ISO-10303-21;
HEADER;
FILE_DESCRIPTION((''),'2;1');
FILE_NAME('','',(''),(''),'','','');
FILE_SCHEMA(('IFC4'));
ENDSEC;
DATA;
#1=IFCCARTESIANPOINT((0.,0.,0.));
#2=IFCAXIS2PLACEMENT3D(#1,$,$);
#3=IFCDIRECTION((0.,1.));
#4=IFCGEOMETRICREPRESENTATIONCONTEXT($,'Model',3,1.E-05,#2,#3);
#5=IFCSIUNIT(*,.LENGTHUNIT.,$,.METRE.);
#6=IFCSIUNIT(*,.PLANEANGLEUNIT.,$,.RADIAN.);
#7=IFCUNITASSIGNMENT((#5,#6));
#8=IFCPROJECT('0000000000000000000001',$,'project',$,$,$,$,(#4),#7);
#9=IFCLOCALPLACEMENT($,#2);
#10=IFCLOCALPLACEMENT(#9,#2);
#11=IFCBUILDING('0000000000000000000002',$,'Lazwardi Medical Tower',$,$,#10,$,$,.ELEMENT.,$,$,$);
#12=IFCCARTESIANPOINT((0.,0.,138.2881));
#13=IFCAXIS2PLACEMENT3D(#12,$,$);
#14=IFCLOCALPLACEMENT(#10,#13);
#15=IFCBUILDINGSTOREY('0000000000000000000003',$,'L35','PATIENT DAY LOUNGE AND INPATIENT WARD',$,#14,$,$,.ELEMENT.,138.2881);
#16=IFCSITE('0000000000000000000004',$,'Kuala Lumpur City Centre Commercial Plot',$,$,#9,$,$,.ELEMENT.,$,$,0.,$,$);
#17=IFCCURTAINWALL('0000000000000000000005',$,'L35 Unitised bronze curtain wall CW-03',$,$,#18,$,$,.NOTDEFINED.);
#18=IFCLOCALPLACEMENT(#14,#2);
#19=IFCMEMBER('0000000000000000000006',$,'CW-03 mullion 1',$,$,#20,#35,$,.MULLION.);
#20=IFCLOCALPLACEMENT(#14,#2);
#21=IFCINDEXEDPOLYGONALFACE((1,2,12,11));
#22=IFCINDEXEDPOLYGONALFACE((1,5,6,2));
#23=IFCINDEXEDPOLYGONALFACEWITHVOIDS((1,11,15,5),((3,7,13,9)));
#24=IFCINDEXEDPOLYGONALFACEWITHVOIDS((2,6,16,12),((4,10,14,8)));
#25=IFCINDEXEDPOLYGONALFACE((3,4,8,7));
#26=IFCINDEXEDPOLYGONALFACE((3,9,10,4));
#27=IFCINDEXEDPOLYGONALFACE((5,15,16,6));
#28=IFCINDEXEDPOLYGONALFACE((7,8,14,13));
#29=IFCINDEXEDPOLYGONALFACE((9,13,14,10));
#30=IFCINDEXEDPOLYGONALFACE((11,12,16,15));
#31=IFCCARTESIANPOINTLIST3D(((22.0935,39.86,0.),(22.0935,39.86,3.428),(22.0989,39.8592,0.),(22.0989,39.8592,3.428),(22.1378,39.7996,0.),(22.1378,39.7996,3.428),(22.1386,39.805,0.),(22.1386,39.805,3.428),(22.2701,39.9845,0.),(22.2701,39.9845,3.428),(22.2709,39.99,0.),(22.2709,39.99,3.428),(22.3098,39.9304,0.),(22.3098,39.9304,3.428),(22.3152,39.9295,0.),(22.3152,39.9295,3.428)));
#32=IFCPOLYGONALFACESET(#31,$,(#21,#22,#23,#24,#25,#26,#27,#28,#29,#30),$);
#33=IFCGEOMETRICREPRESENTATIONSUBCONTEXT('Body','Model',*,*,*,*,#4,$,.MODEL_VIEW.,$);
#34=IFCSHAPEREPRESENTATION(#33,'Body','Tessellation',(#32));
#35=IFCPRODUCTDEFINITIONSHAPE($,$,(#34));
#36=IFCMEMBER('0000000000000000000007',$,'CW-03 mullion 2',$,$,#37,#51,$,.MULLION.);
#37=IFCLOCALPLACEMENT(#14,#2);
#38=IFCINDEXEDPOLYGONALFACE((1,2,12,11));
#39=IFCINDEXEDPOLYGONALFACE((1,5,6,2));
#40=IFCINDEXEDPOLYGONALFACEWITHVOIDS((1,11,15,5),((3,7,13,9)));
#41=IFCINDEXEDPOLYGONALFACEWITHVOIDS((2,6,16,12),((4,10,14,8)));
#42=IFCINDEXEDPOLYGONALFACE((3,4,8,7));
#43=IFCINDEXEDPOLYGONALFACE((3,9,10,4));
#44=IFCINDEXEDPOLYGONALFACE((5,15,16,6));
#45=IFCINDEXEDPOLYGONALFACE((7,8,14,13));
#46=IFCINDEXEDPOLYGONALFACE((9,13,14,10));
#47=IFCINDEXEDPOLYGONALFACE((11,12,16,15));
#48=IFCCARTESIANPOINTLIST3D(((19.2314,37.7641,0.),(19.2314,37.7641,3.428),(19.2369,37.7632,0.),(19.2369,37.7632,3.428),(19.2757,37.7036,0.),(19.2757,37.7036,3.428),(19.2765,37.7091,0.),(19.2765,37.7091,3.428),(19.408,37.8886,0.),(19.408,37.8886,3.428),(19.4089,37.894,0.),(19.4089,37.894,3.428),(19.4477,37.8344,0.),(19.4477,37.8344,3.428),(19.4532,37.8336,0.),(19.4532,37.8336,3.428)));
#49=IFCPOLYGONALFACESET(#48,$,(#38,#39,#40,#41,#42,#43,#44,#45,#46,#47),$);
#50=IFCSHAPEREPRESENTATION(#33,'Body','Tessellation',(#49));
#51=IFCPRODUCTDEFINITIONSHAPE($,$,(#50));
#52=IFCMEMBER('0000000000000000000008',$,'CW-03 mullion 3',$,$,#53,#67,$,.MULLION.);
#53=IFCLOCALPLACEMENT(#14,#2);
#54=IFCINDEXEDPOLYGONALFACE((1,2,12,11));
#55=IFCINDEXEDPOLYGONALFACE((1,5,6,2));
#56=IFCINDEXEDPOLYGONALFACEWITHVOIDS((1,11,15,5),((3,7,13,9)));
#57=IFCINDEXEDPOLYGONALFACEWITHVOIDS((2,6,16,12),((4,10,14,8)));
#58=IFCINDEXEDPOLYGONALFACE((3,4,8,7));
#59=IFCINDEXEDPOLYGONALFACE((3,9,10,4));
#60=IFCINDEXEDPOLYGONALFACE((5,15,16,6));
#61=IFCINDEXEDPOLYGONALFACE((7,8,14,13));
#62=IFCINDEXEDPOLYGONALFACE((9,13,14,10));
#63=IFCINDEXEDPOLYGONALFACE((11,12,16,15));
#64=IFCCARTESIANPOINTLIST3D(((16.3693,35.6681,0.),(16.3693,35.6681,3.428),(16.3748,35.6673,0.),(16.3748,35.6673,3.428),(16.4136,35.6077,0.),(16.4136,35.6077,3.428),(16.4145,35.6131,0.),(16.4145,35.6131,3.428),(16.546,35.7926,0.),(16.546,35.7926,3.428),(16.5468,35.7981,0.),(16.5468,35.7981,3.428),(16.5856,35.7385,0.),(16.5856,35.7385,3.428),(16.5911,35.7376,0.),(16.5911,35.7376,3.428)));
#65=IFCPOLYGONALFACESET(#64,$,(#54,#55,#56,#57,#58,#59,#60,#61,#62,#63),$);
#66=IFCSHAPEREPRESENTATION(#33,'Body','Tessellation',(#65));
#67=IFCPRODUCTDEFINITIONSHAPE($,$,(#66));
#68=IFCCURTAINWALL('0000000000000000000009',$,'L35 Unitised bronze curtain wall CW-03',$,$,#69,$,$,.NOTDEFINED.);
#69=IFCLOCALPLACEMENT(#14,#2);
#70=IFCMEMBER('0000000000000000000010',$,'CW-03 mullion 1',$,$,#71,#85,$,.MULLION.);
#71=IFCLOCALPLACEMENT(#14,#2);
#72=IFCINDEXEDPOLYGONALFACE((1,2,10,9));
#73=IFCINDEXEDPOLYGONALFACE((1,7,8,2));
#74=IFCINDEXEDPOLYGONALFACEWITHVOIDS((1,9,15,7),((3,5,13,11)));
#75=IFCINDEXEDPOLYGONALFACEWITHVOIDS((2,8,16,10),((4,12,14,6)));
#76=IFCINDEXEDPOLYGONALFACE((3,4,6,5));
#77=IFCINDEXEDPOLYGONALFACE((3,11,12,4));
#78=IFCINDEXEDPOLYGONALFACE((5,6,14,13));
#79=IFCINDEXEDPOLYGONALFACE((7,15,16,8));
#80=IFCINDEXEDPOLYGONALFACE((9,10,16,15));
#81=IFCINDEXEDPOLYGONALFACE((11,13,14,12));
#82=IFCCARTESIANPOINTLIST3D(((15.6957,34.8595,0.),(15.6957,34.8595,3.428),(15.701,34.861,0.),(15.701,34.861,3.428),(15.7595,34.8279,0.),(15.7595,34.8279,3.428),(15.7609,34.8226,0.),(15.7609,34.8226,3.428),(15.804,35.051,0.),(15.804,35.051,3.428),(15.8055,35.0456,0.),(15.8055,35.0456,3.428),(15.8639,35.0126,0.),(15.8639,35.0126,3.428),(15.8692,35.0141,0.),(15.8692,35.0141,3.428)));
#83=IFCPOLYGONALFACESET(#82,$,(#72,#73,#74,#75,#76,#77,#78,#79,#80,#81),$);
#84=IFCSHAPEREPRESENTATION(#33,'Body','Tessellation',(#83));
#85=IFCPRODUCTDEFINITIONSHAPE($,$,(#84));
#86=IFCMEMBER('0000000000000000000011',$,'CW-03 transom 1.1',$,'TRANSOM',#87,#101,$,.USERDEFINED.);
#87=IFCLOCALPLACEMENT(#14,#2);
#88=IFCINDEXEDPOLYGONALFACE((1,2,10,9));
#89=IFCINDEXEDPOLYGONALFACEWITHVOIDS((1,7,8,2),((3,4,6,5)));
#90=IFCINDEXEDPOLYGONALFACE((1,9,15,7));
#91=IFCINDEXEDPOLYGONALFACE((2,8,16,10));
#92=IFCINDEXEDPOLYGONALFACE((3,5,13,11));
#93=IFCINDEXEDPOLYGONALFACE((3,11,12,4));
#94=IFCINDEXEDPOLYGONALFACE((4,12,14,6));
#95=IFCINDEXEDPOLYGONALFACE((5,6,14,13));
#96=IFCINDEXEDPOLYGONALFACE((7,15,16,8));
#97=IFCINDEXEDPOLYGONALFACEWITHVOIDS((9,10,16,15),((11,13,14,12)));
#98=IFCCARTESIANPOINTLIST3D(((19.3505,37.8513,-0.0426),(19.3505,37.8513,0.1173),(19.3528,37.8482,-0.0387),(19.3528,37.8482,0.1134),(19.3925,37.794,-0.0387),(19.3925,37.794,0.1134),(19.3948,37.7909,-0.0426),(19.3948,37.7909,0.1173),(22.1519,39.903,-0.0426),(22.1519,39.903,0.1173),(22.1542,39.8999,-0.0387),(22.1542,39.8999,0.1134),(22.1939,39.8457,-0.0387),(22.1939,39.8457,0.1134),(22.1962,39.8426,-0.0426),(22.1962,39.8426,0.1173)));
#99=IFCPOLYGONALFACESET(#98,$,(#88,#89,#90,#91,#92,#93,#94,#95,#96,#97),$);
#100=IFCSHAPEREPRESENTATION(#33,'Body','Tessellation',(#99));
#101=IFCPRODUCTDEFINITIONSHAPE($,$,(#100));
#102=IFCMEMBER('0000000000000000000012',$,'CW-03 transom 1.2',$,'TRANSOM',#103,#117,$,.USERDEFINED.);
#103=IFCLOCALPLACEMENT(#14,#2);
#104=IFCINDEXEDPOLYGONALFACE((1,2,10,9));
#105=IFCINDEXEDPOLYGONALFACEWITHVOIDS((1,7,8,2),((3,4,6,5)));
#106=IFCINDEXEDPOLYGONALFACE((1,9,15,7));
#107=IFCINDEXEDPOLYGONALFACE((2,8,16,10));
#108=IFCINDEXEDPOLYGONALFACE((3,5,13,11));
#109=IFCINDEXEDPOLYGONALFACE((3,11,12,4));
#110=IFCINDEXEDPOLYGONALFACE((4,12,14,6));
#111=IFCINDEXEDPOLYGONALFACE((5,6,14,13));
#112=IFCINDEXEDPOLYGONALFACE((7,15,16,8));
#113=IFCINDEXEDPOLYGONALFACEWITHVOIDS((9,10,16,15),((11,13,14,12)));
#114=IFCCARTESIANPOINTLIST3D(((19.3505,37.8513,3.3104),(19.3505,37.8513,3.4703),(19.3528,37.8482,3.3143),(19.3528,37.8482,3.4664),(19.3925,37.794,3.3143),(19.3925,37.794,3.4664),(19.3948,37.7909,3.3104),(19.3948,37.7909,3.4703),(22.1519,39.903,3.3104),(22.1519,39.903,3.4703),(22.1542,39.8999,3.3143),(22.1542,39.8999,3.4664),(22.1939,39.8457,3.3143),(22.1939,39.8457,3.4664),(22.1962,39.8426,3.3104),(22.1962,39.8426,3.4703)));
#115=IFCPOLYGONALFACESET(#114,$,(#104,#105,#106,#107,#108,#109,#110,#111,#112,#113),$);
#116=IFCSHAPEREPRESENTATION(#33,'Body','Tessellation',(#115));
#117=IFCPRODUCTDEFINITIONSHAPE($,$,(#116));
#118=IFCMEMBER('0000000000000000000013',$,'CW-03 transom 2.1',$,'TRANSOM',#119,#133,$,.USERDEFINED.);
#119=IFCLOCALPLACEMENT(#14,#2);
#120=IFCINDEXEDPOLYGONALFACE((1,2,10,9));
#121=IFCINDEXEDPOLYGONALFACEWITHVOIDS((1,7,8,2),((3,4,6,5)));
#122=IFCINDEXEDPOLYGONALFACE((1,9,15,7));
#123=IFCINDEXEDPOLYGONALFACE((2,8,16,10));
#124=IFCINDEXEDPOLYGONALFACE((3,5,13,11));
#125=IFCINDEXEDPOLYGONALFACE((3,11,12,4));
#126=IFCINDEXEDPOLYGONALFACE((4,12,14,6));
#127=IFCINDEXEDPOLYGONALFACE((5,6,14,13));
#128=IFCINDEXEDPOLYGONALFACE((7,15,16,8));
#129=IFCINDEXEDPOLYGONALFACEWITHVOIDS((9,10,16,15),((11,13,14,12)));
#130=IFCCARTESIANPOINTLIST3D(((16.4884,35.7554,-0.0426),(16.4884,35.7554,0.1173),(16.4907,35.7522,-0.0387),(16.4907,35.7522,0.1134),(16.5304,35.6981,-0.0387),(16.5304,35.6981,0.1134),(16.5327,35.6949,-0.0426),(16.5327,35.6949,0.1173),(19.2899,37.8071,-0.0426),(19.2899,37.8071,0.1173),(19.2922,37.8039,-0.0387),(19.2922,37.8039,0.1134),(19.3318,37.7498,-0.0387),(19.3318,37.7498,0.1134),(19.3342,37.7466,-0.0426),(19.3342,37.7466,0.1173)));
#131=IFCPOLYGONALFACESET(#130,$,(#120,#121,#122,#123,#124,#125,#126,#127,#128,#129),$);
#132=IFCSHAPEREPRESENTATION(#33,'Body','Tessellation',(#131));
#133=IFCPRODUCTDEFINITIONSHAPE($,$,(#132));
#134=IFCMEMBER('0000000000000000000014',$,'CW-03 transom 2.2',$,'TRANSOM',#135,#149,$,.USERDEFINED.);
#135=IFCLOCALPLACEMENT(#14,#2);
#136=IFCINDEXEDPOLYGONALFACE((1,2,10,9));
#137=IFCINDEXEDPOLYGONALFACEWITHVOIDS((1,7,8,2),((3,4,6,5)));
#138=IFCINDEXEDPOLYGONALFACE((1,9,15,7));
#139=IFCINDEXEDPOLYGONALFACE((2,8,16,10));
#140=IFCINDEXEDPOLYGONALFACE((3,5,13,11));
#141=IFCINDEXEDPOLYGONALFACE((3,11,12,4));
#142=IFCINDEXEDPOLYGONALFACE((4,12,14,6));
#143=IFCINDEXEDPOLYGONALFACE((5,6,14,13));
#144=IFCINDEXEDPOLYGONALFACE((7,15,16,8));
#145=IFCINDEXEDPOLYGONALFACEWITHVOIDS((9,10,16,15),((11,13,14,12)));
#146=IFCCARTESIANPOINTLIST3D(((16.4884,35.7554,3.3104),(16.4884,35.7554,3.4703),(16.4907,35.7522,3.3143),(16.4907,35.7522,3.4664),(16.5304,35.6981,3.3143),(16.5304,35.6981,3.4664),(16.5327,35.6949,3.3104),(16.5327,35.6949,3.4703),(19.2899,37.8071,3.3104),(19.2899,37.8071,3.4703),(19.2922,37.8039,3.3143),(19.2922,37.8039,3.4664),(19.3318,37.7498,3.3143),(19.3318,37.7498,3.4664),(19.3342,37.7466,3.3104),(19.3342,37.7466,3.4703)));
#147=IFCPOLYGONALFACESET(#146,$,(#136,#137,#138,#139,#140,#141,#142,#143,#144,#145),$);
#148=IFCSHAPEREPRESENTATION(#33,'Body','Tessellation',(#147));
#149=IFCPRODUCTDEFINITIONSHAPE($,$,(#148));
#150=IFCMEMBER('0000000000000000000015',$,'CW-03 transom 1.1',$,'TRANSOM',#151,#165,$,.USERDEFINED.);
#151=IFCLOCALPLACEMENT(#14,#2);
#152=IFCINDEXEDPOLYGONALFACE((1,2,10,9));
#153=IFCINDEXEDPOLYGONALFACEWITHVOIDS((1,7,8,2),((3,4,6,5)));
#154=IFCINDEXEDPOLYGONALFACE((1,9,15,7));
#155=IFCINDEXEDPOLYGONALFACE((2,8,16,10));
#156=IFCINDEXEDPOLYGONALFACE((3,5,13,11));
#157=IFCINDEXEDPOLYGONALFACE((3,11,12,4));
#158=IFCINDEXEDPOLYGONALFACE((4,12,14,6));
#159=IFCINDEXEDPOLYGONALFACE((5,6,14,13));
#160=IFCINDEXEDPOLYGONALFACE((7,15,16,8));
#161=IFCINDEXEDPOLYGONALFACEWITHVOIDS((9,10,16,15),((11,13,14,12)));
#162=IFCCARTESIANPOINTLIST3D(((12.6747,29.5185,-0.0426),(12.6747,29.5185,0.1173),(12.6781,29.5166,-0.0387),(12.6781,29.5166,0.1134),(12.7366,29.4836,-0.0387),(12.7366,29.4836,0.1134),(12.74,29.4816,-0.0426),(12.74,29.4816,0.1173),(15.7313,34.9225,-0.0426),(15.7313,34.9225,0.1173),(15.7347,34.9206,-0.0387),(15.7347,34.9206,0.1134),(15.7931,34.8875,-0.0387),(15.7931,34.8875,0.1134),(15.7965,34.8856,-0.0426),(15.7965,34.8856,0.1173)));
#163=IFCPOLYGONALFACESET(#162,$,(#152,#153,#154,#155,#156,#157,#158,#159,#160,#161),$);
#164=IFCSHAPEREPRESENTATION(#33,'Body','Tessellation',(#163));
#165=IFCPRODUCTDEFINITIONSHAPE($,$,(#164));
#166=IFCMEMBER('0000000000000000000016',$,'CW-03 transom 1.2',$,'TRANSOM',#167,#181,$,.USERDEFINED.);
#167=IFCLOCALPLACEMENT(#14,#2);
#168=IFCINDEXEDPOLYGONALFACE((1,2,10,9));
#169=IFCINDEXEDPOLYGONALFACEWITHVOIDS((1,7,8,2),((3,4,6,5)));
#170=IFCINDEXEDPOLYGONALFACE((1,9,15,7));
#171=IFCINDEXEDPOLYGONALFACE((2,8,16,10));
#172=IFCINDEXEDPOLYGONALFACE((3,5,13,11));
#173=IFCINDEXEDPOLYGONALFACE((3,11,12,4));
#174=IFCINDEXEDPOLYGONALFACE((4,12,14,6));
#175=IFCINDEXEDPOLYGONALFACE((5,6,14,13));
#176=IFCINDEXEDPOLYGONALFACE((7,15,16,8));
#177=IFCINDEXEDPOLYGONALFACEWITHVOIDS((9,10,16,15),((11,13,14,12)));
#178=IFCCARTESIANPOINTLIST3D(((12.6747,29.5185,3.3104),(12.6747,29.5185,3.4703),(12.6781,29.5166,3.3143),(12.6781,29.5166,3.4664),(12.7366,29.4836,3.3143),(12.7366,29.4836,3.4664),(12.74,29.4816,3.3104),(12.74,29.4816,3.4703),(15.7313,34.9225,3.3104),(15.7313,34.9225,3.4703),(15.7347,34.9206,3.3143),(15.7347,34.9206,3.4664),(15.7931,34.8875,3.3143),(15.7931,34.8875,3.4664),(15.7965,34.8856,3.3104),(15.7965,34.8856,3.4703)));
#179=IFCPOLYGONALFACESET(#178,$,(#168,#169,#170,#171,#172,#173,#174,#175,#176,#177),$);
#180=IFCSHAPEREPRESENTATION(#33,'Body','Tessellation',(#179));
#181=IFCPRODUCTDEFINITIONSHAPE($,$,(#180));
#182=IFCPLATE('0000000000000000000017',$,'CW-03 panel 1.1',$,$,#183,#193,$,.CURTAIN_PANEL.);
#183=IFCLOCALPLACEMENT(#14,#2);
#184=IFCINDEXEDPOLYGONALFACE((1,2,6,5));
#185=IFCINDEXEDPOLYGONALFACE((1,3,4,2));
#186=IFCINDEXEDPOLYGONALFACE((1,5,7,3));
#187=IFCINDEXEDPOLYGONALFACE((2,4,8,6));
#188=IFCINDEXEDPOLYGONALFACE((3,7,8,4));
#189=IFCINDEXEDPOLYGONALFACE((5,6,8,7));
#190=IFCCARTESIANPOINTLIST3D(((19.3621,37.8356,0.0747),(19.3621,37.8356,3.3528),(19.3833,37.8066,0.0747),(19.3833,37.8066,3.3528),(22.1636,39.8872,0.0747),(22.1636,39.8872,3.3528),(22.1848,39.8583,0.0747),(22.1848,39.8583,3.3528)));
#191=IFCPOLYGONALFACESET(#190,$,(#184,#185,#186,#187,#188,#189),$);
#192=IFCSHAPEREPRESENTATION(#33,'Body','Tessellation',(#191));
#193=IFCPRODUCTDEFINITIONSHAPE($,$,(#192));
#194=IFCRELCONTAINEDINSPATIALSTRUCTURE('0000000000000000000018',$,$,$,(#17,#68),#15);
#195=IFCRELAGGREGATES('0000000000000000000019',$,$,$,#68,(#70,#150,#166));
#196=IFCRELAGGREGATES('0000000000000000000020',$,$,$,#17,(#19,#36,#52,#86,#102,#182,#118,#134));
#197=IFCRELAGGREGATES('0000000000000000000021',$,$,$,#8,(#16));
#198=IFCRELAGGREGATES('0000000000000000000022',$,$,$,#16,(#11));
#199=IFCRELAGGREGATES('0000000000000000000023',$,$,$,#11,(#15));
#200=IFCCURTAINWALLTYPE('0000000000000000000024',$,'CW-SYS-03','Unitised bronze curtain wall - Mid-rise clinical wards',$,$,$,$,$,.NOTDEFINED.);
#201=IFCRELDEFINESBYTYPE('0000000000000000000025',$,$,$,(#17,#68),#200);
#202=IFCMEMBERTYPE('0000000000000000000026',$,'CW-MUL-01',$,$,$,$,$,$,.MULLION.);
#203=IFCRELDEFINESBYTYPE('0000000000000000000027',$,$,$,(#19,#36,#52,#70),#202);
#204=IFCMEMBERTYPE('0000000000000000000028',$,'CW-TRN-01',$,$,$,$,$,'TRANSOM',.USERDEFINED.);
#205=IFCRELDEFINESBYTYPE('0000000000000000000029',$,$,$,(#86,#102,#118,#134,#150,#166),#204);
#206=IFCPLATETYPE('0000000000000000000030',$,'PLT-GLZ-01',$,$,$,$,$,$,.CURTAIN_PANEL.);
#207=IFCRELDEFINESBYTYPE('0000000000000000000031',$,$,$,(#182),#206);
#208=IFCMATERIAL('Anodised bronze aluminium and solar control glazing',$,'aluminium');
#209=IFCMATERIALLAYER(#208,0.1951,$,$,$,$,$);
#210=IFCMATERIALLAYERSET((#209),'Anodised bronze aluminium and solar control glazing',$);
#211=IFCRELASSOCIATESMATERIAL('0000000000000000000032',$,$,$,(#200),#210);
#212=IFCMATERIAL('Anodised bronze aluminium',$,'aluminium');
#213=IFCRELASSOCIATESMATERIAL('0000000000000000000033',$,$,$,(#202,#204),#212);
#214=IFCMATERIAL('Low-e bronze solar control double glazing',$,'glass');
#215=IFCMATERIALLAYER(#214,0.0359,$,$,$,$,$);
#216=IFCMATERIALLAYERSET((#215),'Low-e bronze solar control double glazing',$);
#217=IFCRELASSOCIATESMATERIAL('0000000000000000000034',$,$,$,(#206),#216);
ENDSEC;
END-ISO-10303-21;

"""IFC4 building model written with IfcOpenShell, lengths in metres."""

from ifc_helpers import new_model, si_unit, direction, frame, origin, origin_2d, place, context, subcontext, project, spatial, rectangle, hollow_rectangle, extrude, material, layer, layer_set, material_profile, profile_set, type_object, element, aggregate, save


model = new_model("IFC4")

# Units and contexts
model_context = context("Model", 3, precision=1e-05, world=origin(), true_north=direction((0.0, 1.0)))
body_context = subcontext(model_context, "Body", "Model", "MODEL_VIEW")
ifc_project = project(units=[si_unit("LENGTHUNIT", "METRE"), si_unit("PLANEANGLEUNIT", "RADIAN")], contexts=[model_context])

# Site, building, storey
site_placement = place(None, origin())
site = spatial("IfcSite", under=ifc_project, at=site_placement, Name="Kuala Lumpur City Centre Commercial Plot", CompositionType="ELEMENT", RefElevation=0.0)
building_placement = place(site_placement, origin())
building = spatial("IfcBuilding", under=site, at=building_placement, Name="Lazwardi Medical Tower", CompositionType="ELEMENT")
storey_placement = place(building_placement, frame((0.0, 0.0, 138.2881)))
storey = spatial("IfcBuildingStorey", under=building, at=storey_placement, Name="L35", Description="PATIENT DAY LOUNGE AND INPATIENT WARD", CompositionType="ELEMENT", Elevation=138.2881)

# Shared definitions
ifc_material_1 = material(Name="Anodised bronze aluminium and solar control glazing", Category="aluminium")
ifc_layer_1 = layer(ifc_material_1, 0.1951)
ifc_layer_set_1 = layer_set([ifc_layer_1], Name="Anodised bronze aluminium and solar control glazing")
curtain_wall_type = type_object("IfcCurtainWallType", Name="CW-SYS-03", Description="Unitised bronze curtain wall - Mid-rise clinical wards", PredefinedType="NOTDEFINED", material=ifc_layer_set_1)
ifc_material_2 = material(Name="Anodised bronze aluminium", Category="aluminium")
ifc_material_profile_1 = material_profile(ifc_material_2, hollow_rectangle(XDim=0.075, YDim=0.22, WallThickness=0.0039, at=origin_2d()), Name="ALU-MULLION 220x75x4")
ifc_profile_set_1 = profile_set([ifc_material_profile_1], Name="Anodised bronze aluminium")
member_type_1 = type_object("IfcMemberType", Name="CW-MUL-01", PredefinedType="MULLION", material=ifc_profile_set_1)

# Curtain wall, members
curtain_wall_1_placement = place(storey_placement, origin())
curtain_wall_1 = element("IfcCurtainWall", 1, at=curtain_wall_1_placement, inside=storey, type_object=curtain_wall_type, Name="L35 Unitised bronze curtain wall CW-03", PredefinedType="NOTDEFINED")
member_1_placement = place(storey_placement, frame((22.2043, 39.8948, 0.0), z_axis=(0.0, 0.0, 1.0), x_axis=(0.590834, -0.806793, 0.0)))
member_1 = element("IfcMember", 2, at=member_1_placement, type_object=member_type_1, Name="CW-03 mullion 1", PredefinedType="MULLION", context=body_context, shape_type="SweptSolid", body=[
    extrude(hollow_rectangle(XDim=0.075, YDim=0.22, WallThickness=0.0039, at=origin_2d()), origin(), (0.0, 0.0, 1.0), 3.428),
])
member_2_placement = place(storey_placement, frame((19.3423, 37.7988, 0.0), z_axis=(0.0, 0.0, 1.0), x_axis=(0.590834, -0.806793, 0.0)))
member_2 = element("IfcMember", 3, at=member_2_placement, type_object=member_type_1, Name="CW-03 mullion 2", PredefinedType="MULLION", context=body_context, shape_type="SweptSolid", body=[
    extrude(hollow_rectangle(XDim=0.075, YDim=0.22, WallThickness=0.0039, at=origin_2d()), origin(), (0.0, 0.0, 1.0), 3.428),
])
member_3_placement = place(storey_placement, frame((16.4802, 35.7029, 0.0), z_axis=(0.0, 0.0, 1.0), x_axis=(0.590834, -0.806793, 0.0)))
member_3 = element("IfcMember", 4, at=member_3_placement, type_object=member_type_1, Name="CW-03 mullion 3", PredefinedType="MULLION", context=body_context, shape_type="SweptSolid", body=[
    extrude(hollow_rectangle(XDim=0.075, YDim=0.22, WallThickness=0.0039, at=origin_2d()), origin(), (0.0, 0.0, 1.0), 3.428),
])

# Curtain wall, member
curtain_wall_2_placement = place(storey_placement, origin())
curtain_wall_2 = element("IfcCurtainWall", 5, at=curtain_wall_2_placement, inside=storey, type_object=curtain_wall_type, Name="L35 Unitised bronze curtain wall CW-03", PredefinedType="NOTDEFINED")
member_4_placement = place(storey_placement, frame((15.7825, 34.9368, 0.0), z_axis=(0.0, 0.0, 1.0), x_axis=(0.870419, -0.492312, 0.0)))
member_4 = element("IfcMember", 6, at=member_4_placement, type_object=member_type_1, Name="CW-03 mullion 1", PredefinedType="MULLION", context=body_context, shape_type="SweptSolid", body=[
    extrude(hollow_rectangle(XDim=0.075, YDim=0.22, WallThickness=0.0039, at=origin_2d()), origin(), (0.0, 0.0, 1.0), 3.428),
])

# Members
ifc_material_profile_2 = material_profile(ifc_material_2, hollow_rectangle(XDim=0.075, YDim=0.1599, WallThickness=0.0039, at=origin_2d()), Name="ALU-TRANSOM 160x75x4")
ifc_profile_set_2 = profile_set([ifc_material_profile_2], Name="Anodised bronze aluminium")
member_type_2 = type_object("IfcMemberType", Name="CW-TRN-01", ElementType="TRANSOM", PredefinedType="USERDEFINED", material=ifc_profile_set_2)
member_5_placement = place(storey_placement, frame((22.1741, 39.8728, 0.0374), z_axis=(-0.806774, -0.590861, 0.0), x_axis=(0.590861, -0.806774, 0.0)))
member_5 = element("IfcMember", 7, at=member_5_placement, type_object=member_type_2, Name="CW-03 transom 1.1", ObjectType="TRANSOM", PredefinedType="USERDEFINED", context=body_context, shape_type="SweptSolid", body=[
    extrude(hollow_rectangle(XDim=0.075, YDim=0.1599, WallThickness=0.0039, at=origin_2d()), origin(), (0.0, 0.0, 1.0), 3.4724),
])
member_6_placement = place(storey_placement, frame((22.1741, 39.8728, 3.3904), z_axis=(-0.806774, -0.590861, 0.0), x_axis=(0.590861, -0.806774, 0.0)))
member_6 = element("IfcMember", 8, at=member_6_placement, type_object=member_type_2, Name="CW-03 transom 1.2", ObjectType="TRANSOM", PredefinedType="USERDEFINED", context=body_context, shape_type="SweptSolid", body=[
    extrude(hollow_rectangle(XDim=0.075, YDim=0.1599, WallThickness=0.0039, at=origin_2d()), origin(), (0.0, 0.0, 1.0), 3.4724),
])
member_7_placement = place(storey_placement, frame((19.312, 37.7769, 0.0374), z_axis=(-0.806774, -0.590861, 0.0), x_axis=(0.590861, -0.806774, 0.0)))
member_7 = element("IfcMember", 9, at=member_7_placement, type_object=member_type_2, Name="CW-03 transom 2.1", ObjectType="TRANSOM", PredefinedType="USERDEFINED", context=body_context, shape_type="SweptSolid", body=[
    extrude(hollow_rectangle(XDim=0.075, YDim=0.1599, WallThickness=0.0039, at=origin_2d()), origin(), (0.0, 0.0, 1.0), 3.4724),
])
member_8_placement = place(storey_placement, frame((19.312, 37.7769, 3.3904), z_axis=(-0.806774, -0.590861, 0.0), x_axis=(0.590861, -0.806774, 0.0)))
member_8 = element("IfcMember", 10, at=member_8_placement, type_object=member_type_2, Name="CW-03 transom 2.2", ObjectType="TRANSOM", PredefinedType="USERDEFINED", context=body_context, shape_type="SweptSolid", body=[
    extrude(hollow_rectangle(XDim=0.075, YDim=0.1599, WallThickness=0.0039, at=origin_2d()), origin(), (0.0, 0.0, 1.0), 3.4724),
])
member_9_placement = place(storey_placement, frame((15.7639, 34.9041, 0.0374), z_axis=(-0.492323, -0.870413, 0.0), x_axis=(0.870413, -0.492323, 0.0)))
member_9 = element("IfcMember", 11, at=member_9_placement, type_object=member_type_2, Name="CW-03 transom 1.1", ObjectType="TRANSOM", PredefinedType="USERDEFINED", context=body_context, shape_type="SweptSolid", body=[
    extrude(hollow_rectangle(XDim=0.075, YDim=0.1599, WallThickness=0.0039, at=origin_2d()), origin(), (0.0, 0.0, 1.0), 6.2085),
])
member_10_placement = place(storey_placement, frame((15.7639, 34.9041, 3.3904), z_axis=(-0.492323, -0.870413, 0.0), x_axis=(0.870413, -0.492323, 0.0)))
member_10 = element("IfcMember", 12, at=member_10_placement, type_object=member_type_2, Name="CW-03 transom 1.2", ObjectType="TRANSOM", PredefinedType="USERDEFINED", context=body_context, shape_type="SweptSolid", body=[
    extrude(hollow_rectangle(XDim=0.075, YDim=0.1599, WallThickness=0.0039, at=origin_2d()), origin(), (0.0, 0.0, 1.0), 6.2085),
])
aggregate(curtain_wall_2, [member_4, member_9, member_10])

# Plate
ifc_material_3 = material(Name="Low-e bronze solar control double glazing", Category="glass")
ifc_layer_2 = layer(ifc_material_3, 0.0359)
ifc_layer_set_2 = layer_set([ifc_layer_2], Name="Low-e bronze solar control double glazing")
plate_type = type_object("IfcPlateType", Name="PLT-GLZ-01", PredefinedType="CURTAIN_PANEL", material=ifc_layer_set_2)
plate_1_placement = place(storey_placement, frame((20.7734, 38.8469, 0.0747), z_axis=(0.0, 0.0, 1.0), x_axis=(-0.806793, -0.590834, 0.0)))
plate_1 = element("IfcPlate", 13, at=plate_1_placement, type_object=plate_type, Name="CW-03 panel 1.1", PredefinedType="CURTAIN_PANEL", context=body_context, shape_type="SweptSolid", body=[
    extrude(rectangle(XDim=3.4724, YDim=0.0359, at=origin_2d()), origin(), (0.0, 0.0, 1.0), 3.2781),
])
aggregate(curtain_wall_1, [member_1, member_2, member_3, member_5, member_6, plate_1, member_7, member_8])

save(model, "model.ifc")
